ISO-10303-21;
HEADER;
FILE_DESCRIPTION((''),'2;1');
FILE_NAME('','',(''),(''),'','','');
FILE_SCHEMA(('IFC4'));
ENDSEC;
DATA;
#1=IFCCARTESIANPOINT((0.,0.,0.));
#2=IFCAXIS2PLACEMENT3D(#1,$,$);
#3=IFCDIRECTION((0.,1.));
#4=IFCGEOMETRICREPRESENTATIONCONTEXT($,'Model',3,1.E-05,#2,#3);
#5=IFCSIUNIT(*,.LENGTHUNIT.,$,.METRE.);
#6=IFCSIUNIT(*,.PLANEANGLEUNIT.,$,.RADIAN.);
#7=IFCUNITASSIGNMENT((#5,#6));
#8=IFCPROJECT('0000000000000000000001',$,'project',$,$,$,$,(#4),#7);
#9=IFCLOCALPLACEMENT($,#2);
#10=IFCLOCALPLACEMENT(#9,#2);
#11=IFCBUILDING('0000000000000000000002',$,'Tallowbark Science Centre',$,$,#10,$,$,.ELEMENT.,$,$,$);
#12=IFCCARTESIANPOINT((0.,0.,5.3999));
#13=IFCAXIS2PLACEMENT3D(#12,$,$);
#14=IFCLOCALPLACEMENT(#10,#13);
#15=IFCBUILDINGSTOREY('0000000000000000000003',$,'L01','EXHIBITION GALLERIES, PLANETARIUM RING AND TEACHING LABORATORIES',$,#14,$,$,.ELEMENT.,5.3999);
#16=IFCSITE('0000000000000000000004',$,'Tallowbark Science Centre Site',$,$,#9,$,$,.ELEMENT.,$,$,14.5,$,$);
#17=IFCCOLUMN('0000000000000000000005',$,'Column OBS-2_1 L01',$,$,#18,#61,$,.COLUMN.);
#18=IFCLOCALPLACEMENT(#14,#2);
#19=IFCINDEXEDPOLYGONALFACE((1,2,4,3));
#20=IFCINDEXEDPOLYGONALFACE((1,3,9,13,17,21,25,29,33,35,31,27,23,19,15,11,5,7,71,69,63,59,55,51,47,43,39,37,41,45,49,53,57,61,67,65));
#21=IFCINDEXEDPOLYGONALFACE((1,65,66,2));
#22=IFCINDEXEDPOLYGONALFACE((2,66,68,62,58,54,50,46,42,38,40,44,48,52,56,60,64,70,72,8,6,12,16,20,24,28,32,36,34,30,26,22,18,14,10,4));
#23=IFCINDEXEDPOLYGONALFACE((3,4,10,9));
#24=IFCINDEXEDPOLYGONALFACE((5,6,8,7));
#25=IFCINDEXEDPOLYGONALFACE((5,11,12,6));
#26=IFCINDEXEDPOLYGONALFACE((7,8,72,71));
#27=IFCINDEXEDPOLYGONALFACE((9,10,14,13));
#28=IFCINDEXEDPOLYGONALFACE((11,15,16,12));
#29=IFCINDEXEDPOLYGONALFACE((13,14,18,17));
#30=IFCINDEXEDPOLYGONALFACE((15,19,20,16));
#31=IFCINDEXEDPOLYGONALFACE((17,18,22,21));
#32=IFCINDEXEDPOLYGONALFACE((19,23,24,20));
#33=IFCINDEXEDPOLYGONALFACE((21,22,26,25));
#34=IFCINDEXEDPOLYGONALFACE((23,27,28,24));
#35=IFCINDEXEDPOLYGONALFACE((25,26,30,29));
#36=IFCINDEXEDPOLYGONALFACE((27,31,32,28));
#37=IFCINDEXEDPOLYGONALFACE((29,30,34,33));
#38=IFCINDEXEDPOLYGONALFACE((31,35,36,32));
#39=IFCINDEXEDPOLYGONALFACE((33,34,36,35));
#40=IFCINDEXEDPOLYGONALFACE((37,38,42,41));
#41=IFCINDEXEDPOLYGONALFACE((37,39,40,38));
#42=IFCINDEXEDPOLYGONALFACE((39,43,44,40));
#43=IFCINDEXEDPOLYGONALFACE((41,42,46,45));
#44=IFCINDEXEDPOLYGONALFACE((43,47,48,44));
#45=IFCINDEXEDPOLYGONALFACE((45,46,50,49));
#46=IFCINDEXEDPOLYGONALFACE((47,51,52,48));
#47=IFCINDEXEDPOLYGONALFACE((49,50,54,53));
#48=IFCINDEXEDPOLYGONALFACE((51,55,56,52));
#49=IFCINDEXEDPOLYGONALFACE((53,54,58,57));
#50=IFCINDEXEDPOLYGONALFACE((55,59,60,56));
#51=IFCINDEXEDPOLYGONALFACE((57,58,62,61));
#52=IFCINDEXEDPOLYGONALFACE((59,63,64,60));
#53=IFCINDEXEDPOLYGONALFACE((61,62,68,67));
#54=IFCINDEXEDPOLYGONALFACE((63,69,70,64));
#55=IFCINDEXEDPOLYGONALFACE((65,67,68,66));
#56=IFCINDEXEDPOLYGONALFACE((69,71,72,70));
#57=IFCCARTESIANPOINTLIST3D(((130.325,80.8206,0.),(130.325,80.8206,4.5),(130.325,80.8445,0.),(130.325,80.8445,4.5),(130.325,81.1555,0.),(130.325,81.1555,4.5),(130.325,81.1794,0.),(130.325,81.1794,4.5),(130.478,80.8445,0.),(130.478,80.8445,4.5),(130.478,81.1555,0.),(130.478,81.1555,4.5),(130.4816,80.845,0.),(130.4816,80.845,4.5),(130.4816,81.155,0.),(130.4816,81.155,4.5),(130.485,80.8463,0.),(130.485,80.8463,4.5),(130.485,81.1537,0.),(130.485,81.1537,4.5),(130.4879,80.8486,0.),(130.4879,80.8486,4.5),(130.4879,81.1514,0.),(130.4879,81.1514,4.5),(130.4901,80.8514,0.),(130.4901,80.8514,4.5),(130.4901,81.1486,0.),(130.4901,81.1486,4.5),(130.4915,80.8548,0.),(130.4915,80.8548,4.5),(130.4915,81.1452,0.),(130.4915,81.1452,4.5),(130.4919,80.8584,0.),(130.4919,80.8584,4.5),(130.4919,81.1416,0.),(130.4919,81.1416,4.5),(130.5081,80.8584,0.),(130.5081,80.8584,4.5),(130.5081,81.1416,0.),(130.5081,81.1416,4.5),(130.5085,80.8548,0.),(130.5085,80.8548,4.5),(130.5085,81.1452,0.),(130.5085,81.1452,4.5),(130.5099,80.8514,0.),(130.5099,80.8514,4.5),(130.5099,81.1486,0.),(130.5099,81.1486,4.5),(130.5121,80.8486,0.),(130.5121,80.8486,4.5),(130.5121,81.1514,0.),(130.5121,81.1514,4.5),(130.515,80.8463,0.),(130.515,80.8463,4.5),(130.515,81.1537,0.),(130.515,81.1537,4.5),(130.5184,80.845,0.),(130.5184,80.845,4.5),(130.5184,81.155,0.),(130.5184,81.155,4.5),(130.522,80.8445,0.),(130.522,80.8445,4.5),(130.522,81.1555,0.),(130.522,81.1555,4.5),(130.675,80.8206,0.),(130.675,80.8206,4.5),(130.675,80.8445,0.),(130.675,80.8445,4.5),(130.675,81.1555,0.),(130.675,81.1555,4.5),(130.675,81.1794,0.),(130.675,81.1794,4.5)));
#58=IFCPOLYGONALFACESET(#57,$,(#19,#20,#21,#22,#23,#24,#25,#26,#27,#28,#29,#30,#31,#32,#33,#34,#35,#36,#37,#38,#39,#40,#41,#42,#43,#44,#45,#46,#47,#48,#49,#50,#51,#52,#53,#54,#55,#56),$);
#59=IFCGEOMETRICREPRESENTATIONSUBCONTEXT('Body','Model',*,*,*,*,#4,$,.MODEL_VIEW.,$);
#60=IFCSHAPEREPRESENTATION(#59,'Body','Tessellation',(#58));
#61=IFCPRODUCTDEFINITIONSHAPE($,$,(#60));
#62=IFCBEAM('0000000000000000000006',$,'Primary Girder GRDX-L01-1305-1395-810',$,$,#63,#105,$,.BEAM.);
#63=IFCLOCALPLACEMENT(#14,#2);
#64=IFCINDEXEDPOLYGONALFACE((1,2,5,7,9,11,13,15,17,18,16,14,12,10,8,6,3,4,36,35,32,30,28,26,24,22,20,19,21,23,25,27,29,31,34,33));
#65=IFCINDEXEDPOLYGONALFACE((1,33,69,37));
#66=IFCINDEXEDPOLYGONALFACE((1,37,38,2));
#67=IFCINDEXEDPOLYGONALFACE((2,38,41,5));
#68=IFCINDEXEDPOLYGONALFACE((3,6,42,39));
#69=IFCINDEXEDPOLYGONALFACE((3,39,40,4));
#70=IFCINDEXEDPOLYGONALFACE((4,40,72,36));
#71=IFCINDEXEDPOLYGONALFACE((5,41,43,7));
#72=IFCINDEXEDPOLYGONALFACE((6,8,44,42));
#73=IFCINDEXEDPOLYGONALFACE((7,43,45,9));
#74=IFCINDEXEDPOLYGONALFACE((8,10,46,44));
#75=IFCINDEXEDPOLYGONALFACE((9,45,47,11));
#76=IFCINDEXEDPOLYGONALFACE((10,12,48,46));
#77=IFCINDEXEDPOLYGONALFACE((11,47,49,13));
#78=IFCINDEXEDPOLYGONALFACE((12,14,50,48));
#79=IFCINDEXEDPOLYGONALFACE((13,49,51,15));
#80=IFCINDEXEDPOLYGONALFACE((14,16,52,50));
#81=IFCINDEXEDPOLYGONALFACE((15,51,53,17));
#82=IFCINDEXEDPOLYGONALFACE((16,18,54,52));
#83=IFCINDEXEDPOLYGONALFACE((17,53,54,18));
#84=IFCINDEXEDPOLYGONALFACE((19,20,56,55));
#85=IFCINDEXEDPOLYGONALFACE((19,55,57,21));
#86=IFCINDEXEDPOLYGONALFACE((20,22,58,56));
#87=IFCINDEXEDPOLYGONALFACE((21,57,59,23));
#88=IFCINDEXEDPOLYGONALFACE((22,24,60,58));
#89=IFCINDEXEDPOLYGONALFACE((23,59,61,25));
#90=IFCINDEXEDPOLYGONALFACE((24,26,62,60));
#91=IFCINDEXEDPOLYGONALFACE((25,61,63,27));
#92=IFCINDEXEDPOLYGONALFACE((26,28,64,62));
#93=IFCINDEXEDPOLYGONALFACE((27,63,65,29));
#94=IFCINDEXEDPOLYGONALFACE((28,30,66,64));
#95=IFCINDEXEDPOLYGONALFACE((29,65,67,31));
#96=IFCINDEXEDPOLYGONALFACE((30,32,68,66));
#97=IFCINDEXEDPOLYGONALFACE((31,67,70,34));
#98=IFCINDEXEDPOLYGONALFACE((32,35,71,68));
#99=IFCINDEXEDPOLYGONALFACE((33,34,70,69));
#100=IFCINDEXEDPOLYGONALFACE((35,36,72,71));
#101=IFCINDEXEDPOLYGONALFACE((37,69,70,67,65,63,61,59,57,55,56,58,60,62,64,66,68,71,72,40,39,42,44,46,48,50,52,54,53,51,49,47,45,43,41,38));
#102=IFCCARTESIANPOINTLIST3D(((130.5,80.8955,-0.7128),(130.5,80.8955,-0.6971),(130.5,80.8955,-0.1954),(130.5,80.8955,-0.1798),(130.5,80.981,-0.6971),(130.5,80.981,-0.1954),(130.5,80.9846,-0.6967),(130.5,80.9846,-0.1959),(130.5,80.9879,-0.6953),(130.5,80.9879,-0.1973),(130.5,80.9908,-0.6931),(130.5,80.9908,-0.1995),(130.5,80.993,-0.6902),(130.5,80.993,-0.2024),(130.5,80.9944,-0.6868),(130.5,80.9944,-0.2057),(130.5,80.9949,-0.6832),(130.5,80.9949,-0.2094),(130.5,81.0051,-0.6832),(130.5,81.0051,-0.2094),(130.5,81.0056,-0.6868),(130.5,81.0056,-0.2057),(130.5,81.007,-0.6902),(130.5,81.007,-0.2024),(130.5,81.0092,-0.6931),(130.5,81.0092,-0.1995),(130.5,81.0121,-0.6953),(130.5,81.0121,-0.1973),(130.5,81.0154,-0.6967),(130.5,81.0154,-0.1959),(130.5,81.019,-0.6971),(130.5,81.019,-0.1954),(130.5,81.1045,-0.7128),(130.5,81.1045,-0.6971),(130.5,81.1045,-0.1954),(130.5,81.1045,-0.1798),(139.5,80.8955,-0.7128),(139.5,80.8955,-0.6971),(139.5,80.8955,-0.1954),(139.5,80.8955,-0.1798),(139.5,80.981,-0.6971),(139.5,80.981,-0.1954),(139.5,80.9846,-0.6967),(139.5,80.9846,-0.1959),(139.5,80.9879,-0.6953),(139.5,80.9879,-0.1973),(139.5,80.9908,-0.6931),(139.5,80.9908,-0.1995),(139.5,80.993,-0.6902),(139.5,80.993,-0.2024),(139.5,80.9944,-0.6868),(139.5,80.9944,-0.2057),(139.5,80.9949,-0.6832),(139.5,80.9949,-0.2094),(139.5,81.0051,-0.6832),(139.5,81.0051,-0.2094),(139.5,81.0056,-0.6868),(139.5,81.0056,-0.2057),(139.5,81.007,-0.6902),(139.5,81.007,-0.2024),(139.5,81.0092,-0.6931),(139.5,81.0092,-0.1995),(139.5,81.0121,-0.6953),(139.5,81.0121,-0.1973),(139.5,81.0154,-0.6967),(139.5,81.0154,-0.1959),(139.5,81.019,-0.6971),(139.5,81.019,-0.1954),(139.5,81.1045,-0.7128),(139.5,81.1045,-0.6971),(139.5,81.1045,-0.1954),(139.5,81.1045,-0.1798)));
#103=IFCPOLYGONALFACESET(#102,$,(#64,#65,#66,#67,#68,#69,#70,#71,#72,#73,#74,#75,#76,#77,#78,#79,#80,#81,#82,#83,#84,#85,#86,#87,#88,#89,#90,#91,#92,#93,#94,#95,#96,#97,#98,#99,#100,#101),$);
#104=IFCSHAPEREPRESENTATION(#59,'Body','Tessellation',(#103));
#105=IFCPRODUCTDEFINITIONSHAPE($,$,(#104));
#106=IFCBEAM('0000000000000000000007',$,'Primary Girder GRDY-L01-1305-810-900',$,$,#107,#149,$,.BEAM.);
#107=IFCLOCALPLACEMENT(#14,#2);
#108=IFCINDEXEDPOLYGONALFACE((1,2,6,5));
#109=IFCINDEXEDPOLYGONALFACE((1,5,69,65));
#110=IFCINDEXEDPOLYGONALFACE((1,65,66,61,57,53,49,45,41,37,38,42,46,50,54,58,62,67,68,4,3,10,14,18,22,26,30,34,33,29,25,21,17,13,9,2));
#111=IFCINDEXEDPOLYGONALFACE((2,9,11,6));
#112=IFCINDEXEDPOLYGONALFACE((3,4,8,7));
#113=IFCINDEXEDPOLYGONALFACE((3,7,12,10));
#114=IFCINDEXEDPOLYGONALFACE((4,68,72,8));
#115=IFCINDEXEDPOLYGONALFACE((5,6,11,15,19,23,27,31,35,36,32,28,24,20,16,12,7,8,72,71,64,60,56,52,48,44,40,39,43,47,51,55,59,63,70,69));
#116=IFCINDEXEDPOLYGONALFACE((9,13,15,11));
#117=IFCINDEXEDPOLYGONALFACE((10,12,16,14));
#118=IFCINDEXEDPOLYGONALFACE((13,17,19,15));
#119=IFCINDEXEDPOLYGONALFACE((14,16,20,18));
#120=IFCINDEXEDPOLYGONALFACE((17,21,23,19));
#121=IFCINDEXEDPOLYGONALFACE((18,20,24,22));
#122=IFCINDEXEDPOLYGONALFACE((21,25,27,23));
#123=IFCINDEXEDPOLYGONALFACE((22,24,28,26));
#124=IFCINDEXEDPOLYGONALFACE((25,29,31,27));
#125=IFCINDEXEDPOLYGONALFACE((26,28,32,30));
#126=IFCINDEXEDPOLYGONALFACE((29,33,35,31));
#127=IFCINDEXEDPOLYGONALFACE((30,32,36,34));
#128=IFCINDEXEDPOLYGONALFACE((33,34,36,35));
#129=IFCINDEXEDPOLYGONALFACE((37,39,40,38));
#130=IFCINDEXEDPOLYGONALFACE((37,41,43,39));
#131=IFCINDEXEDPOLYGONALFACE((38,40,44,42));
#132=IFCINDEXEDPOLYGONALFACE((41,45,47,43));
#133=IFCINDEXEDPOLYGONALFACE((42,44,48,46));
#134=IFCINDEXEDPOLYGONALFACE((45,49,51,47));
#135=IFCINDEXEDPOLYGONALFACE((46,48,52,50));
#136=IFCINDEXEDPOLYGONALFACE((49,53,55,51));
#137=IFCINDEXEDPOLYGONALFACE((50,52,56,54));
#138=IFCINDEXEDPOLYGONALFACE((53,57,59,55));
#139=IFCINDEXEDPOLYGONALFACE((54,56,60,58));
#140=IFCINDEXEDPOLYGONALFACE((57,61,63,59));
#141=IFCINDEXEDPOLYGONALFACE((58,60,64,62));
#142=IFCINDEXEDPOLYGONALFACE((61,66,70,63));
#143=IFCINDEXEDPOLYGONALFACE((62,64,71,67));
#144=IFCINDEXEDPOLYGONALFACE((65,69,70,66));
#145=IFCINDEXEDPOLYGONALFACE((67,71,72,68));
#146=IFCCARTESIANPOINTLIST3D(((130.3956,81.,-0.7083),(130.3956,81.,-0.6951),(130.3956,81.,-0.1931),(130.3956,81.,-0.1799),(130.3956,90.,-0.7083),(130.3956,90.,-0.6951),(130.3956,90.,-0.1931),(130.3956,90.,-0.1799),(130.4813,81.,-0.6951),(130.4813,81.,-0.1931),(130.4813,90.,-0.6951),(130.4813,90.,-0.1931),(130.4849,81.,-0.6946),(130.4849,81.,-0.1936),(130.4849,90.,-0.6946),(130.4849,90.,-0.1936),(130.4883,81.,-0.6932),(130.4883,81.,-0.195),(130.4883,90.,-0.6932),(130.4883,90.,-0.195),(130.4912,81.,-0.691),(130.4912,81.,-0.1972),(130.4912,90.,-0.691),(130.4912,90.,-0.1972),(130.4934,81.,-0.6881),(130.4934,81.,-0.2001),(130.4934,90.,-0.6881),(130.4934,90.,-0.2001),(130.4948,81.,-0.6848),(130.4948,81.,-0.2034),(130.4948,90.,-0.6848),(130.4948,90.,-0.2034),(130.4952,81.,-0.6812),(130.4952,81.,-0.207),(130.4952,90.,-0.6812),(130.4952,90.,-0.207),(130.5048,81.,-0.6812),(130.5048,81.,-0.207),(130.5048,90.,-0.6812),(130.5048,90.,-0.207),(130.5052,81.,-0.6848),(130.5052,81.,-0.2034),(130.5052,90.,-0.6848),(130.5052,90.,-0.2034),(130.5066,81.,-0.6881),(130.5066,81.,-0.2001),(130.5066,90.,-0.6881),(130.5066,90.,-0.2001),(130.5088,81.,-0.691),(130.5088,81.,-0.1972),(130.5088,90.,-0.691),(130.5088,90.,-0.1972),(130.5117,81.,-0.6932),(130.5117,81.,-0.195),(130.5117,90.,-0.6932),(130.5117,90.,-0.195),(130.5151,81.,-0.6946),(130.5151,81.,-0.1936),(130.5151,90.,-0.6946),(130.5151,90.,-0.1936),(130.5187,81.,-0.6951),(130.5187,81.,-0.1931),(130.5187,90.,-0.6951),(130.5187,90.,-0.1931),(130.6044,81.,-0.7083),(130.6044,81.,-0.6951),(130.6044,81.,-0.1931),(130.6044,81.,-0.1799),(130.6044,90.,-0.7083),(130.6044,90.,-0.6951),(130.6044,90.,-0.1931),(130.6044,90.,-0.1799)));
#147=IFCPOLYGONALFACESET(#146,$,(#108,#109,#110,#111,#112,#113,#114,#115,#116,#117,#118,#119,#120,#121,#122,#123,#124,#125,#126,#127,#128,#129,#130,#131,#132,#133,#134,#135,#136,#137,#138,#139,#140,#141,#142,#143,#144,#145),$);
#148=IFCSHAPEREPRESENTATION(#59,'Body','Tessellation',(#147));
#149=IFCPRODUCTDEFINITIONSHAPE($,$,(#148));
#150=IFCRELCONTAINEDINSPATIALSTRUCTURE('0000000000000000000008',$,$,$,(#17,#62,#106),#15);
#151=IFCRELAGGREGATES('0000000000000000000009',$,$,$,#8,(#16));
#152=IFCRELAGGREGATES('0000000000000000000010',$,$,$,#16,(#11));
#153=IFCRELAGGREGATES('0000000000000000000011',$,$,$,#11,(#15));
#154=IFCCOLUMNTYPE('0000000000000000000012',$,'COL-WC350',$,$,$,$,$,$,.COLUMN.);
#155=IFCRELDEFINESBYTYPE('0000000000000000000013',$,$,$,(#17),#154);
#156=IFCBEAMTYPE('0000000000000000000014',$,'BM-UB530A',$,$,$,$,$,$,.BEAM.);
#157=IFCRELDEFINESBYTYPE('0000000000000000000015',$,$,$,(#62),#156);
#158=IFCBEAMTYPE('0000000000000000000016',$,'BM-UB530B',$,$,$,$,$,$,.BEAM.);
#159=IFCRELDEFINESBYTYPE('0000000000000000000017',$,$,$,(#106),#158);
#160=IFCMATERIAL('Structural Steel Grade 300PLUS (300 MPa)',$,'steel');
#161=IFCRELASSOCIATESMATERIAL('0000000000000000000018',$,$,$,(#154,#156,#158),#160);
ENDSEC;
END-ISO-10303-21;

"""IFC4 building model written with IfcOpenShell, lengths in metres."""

from ifc_helpers import new_model, si_unit, direction, frame, origin, origin_2d, place, context, subcontext, project, spatial, i_section, extrude, material, material_profile, profile_set, type_object, element, save


model = new_model("IFC4")

# Units and contexts
model_context = context("Model", 3, precision=1e-05, world=origin(), true_north=direction((0.0, 1.0)))
body_context = subcontext(model_context, "Body", "Model", "MODEL_VIEW")
ifc_project = project(units=[si_unit("LENGTHUNIT", "METRE"), si_unit("PLANEANGLEUNIT", "RADIAN")], contexts=[model_context])

# Site, building, storey
site_placement = place(None, origin())
site = spatial("IfcSite", under=ifc_project, at=site_placement, Name="Tallowbark Science Centre Site", CompositionType="ELEMENT", RefElevation=14.5)
building_placement = place(site_placement, origin())
building = spatial("IfcBuilding", under=site, at=building_placement, Name="Tallowbark Science Centre", CompositionType="ELEMENT")
storey_placement = place(building_placement, frame((0.0, 0.0, 5.3999)))
storey = spatial("IfcBuildingStorey", under=building, at=storey_placement, Name="L01", Description="EXHIBITION GALLERIES, PLANETARIUM RING AND TEACHING LABORATORIES", CompositionType="ELEMENT", Elevation=5.3999)

# Column
ifc_material_1 = material(Name="Structural Steel Grade 300PLUS (300 MPa)", Category="steel")
ifc_material_profile_1 = material_profile(ifc_material_1, i_section(OverallWidth=0.3501, OverallDepth=0.3589, WebThickness=0.0161, FlangeThickness=0.0239, FilletRadius=0.0139, at=origin_2d()), Name="350WC197")
ifc_profile_set_1 = profile_set([ifc_material_profile_1], Name="Structural Steel Grade 300PLUS (300 MPa)")
column_type = type_object("IfcColumnType", Name="COL-WC350", PredefinedType="COLUMN", material=ifc_profile_set_1)
column_placement = place(storey_placement, frame((130.5, 81.0, 0.0), z_axis=(0.0, 0.0, 1.0), x_axis=(1.0, 0.0, 0.0)))
element("IfcColumn", 1, at=column_placement, inside=storey, type_object=column_type, Name="Column OBS-2_1 L01", PredefinedType="COLUMN", context=body_context, shape_type="SweptSolid", body=[
    extrude(i_section(OverallWidth=0.3501, OverallDepth=0.3589, WebThickness=0.0161, FlangeThickness=0.0239, FilletRadius=0.0139, at=origin_2d()), origin(), (0.0, 0.0, 1.0), 4.5),
])

# Beams
ifc_material_profile_2 = material_profile(ifc_material_1, i_section(OverallWidth=0.209, OverallDepth=0.533, WebThickness=0.0103, FlangeThickness=0.0156, FilletRadius=0.0139, at=origin_2d()), Name="530UB92.4")
ifc_profile_set_2 = profile_set([ifc_material_profile_2], Name="Structural Steel Grade 300PLUS (300 MPa)")
beam_type_1 = type_object("IfcBeamType", Name="BM-UB530A", PredefinedType="BEAM", material=ifc_profile_set_2)
beam_1_placement = place(storey_placement, frame((130.5, 81.0, -0.4463), z_axis=(1.0, 0.0, 0.0), x_axis=(0.0, 1.0, 0.0)))
element("IfcBeam", 2, at=beam_1_placement, inside=storey, type_object=beam_type_1, Name="Primary Girder GRDX-L01-1305-1395-810", PredefinedType="BEAM", context=body_context, shape_type="SweptSolid", body=[
    extrude(i_section(OverallWidth=0.209, OverallDepth=0.533, WebThickness=0.0103, FlangeThickness=0.0156, FilletRadius=0.0139, at=origin_2d()), origin(), (0.0, 0.0, 1.0), 9.0),
])
ifc_material_profile_3 = material_profile(ifc_material_1, i_section(OverallWidth=0.2087, OverallDepth=0.5283, WebThickness=0.0095, FlangeThickness=0.0132, FilletRadius=0.0139, at=origin_2d()), Name="530UB82.0")
ifc_profile_set_3 = profile_set([ifc_material_profile_3], Name="Structural Steel Grade 300PLUS (300 MPa)")
beam_type_2 = type_object("IfcBeamType", Name="BM-UB530B", PredefinedType="BEAM", material=ifc_profile_set_3)
beam_2_placement = place(storey_placement, frame((130.5, 81.0, -0.4441), z_axis=(0.0, 1.0, 0.0), x_axis=(-1.0, 0.0, 0.0)))
element("IfcBeam", 3, at=beam_2_placement, inside=storey, type_object=beam_type_2, Name="Primary Girder GRDY-L01-1305-810-900", PredefinedType="BEAM", context=body_context, shape_type="SweptSolid", body=[
    extrude(i_section(OverallWidth=0.2087, OverallDepth=0.5283, WebThickness=0.0095, FlangeThickness=0.0132, FilletRadius=0.0139, at=origin_2d()), origin(), (0.0, 0.0, 1.0), 9.0),
])

save(model, "model.ifc")
